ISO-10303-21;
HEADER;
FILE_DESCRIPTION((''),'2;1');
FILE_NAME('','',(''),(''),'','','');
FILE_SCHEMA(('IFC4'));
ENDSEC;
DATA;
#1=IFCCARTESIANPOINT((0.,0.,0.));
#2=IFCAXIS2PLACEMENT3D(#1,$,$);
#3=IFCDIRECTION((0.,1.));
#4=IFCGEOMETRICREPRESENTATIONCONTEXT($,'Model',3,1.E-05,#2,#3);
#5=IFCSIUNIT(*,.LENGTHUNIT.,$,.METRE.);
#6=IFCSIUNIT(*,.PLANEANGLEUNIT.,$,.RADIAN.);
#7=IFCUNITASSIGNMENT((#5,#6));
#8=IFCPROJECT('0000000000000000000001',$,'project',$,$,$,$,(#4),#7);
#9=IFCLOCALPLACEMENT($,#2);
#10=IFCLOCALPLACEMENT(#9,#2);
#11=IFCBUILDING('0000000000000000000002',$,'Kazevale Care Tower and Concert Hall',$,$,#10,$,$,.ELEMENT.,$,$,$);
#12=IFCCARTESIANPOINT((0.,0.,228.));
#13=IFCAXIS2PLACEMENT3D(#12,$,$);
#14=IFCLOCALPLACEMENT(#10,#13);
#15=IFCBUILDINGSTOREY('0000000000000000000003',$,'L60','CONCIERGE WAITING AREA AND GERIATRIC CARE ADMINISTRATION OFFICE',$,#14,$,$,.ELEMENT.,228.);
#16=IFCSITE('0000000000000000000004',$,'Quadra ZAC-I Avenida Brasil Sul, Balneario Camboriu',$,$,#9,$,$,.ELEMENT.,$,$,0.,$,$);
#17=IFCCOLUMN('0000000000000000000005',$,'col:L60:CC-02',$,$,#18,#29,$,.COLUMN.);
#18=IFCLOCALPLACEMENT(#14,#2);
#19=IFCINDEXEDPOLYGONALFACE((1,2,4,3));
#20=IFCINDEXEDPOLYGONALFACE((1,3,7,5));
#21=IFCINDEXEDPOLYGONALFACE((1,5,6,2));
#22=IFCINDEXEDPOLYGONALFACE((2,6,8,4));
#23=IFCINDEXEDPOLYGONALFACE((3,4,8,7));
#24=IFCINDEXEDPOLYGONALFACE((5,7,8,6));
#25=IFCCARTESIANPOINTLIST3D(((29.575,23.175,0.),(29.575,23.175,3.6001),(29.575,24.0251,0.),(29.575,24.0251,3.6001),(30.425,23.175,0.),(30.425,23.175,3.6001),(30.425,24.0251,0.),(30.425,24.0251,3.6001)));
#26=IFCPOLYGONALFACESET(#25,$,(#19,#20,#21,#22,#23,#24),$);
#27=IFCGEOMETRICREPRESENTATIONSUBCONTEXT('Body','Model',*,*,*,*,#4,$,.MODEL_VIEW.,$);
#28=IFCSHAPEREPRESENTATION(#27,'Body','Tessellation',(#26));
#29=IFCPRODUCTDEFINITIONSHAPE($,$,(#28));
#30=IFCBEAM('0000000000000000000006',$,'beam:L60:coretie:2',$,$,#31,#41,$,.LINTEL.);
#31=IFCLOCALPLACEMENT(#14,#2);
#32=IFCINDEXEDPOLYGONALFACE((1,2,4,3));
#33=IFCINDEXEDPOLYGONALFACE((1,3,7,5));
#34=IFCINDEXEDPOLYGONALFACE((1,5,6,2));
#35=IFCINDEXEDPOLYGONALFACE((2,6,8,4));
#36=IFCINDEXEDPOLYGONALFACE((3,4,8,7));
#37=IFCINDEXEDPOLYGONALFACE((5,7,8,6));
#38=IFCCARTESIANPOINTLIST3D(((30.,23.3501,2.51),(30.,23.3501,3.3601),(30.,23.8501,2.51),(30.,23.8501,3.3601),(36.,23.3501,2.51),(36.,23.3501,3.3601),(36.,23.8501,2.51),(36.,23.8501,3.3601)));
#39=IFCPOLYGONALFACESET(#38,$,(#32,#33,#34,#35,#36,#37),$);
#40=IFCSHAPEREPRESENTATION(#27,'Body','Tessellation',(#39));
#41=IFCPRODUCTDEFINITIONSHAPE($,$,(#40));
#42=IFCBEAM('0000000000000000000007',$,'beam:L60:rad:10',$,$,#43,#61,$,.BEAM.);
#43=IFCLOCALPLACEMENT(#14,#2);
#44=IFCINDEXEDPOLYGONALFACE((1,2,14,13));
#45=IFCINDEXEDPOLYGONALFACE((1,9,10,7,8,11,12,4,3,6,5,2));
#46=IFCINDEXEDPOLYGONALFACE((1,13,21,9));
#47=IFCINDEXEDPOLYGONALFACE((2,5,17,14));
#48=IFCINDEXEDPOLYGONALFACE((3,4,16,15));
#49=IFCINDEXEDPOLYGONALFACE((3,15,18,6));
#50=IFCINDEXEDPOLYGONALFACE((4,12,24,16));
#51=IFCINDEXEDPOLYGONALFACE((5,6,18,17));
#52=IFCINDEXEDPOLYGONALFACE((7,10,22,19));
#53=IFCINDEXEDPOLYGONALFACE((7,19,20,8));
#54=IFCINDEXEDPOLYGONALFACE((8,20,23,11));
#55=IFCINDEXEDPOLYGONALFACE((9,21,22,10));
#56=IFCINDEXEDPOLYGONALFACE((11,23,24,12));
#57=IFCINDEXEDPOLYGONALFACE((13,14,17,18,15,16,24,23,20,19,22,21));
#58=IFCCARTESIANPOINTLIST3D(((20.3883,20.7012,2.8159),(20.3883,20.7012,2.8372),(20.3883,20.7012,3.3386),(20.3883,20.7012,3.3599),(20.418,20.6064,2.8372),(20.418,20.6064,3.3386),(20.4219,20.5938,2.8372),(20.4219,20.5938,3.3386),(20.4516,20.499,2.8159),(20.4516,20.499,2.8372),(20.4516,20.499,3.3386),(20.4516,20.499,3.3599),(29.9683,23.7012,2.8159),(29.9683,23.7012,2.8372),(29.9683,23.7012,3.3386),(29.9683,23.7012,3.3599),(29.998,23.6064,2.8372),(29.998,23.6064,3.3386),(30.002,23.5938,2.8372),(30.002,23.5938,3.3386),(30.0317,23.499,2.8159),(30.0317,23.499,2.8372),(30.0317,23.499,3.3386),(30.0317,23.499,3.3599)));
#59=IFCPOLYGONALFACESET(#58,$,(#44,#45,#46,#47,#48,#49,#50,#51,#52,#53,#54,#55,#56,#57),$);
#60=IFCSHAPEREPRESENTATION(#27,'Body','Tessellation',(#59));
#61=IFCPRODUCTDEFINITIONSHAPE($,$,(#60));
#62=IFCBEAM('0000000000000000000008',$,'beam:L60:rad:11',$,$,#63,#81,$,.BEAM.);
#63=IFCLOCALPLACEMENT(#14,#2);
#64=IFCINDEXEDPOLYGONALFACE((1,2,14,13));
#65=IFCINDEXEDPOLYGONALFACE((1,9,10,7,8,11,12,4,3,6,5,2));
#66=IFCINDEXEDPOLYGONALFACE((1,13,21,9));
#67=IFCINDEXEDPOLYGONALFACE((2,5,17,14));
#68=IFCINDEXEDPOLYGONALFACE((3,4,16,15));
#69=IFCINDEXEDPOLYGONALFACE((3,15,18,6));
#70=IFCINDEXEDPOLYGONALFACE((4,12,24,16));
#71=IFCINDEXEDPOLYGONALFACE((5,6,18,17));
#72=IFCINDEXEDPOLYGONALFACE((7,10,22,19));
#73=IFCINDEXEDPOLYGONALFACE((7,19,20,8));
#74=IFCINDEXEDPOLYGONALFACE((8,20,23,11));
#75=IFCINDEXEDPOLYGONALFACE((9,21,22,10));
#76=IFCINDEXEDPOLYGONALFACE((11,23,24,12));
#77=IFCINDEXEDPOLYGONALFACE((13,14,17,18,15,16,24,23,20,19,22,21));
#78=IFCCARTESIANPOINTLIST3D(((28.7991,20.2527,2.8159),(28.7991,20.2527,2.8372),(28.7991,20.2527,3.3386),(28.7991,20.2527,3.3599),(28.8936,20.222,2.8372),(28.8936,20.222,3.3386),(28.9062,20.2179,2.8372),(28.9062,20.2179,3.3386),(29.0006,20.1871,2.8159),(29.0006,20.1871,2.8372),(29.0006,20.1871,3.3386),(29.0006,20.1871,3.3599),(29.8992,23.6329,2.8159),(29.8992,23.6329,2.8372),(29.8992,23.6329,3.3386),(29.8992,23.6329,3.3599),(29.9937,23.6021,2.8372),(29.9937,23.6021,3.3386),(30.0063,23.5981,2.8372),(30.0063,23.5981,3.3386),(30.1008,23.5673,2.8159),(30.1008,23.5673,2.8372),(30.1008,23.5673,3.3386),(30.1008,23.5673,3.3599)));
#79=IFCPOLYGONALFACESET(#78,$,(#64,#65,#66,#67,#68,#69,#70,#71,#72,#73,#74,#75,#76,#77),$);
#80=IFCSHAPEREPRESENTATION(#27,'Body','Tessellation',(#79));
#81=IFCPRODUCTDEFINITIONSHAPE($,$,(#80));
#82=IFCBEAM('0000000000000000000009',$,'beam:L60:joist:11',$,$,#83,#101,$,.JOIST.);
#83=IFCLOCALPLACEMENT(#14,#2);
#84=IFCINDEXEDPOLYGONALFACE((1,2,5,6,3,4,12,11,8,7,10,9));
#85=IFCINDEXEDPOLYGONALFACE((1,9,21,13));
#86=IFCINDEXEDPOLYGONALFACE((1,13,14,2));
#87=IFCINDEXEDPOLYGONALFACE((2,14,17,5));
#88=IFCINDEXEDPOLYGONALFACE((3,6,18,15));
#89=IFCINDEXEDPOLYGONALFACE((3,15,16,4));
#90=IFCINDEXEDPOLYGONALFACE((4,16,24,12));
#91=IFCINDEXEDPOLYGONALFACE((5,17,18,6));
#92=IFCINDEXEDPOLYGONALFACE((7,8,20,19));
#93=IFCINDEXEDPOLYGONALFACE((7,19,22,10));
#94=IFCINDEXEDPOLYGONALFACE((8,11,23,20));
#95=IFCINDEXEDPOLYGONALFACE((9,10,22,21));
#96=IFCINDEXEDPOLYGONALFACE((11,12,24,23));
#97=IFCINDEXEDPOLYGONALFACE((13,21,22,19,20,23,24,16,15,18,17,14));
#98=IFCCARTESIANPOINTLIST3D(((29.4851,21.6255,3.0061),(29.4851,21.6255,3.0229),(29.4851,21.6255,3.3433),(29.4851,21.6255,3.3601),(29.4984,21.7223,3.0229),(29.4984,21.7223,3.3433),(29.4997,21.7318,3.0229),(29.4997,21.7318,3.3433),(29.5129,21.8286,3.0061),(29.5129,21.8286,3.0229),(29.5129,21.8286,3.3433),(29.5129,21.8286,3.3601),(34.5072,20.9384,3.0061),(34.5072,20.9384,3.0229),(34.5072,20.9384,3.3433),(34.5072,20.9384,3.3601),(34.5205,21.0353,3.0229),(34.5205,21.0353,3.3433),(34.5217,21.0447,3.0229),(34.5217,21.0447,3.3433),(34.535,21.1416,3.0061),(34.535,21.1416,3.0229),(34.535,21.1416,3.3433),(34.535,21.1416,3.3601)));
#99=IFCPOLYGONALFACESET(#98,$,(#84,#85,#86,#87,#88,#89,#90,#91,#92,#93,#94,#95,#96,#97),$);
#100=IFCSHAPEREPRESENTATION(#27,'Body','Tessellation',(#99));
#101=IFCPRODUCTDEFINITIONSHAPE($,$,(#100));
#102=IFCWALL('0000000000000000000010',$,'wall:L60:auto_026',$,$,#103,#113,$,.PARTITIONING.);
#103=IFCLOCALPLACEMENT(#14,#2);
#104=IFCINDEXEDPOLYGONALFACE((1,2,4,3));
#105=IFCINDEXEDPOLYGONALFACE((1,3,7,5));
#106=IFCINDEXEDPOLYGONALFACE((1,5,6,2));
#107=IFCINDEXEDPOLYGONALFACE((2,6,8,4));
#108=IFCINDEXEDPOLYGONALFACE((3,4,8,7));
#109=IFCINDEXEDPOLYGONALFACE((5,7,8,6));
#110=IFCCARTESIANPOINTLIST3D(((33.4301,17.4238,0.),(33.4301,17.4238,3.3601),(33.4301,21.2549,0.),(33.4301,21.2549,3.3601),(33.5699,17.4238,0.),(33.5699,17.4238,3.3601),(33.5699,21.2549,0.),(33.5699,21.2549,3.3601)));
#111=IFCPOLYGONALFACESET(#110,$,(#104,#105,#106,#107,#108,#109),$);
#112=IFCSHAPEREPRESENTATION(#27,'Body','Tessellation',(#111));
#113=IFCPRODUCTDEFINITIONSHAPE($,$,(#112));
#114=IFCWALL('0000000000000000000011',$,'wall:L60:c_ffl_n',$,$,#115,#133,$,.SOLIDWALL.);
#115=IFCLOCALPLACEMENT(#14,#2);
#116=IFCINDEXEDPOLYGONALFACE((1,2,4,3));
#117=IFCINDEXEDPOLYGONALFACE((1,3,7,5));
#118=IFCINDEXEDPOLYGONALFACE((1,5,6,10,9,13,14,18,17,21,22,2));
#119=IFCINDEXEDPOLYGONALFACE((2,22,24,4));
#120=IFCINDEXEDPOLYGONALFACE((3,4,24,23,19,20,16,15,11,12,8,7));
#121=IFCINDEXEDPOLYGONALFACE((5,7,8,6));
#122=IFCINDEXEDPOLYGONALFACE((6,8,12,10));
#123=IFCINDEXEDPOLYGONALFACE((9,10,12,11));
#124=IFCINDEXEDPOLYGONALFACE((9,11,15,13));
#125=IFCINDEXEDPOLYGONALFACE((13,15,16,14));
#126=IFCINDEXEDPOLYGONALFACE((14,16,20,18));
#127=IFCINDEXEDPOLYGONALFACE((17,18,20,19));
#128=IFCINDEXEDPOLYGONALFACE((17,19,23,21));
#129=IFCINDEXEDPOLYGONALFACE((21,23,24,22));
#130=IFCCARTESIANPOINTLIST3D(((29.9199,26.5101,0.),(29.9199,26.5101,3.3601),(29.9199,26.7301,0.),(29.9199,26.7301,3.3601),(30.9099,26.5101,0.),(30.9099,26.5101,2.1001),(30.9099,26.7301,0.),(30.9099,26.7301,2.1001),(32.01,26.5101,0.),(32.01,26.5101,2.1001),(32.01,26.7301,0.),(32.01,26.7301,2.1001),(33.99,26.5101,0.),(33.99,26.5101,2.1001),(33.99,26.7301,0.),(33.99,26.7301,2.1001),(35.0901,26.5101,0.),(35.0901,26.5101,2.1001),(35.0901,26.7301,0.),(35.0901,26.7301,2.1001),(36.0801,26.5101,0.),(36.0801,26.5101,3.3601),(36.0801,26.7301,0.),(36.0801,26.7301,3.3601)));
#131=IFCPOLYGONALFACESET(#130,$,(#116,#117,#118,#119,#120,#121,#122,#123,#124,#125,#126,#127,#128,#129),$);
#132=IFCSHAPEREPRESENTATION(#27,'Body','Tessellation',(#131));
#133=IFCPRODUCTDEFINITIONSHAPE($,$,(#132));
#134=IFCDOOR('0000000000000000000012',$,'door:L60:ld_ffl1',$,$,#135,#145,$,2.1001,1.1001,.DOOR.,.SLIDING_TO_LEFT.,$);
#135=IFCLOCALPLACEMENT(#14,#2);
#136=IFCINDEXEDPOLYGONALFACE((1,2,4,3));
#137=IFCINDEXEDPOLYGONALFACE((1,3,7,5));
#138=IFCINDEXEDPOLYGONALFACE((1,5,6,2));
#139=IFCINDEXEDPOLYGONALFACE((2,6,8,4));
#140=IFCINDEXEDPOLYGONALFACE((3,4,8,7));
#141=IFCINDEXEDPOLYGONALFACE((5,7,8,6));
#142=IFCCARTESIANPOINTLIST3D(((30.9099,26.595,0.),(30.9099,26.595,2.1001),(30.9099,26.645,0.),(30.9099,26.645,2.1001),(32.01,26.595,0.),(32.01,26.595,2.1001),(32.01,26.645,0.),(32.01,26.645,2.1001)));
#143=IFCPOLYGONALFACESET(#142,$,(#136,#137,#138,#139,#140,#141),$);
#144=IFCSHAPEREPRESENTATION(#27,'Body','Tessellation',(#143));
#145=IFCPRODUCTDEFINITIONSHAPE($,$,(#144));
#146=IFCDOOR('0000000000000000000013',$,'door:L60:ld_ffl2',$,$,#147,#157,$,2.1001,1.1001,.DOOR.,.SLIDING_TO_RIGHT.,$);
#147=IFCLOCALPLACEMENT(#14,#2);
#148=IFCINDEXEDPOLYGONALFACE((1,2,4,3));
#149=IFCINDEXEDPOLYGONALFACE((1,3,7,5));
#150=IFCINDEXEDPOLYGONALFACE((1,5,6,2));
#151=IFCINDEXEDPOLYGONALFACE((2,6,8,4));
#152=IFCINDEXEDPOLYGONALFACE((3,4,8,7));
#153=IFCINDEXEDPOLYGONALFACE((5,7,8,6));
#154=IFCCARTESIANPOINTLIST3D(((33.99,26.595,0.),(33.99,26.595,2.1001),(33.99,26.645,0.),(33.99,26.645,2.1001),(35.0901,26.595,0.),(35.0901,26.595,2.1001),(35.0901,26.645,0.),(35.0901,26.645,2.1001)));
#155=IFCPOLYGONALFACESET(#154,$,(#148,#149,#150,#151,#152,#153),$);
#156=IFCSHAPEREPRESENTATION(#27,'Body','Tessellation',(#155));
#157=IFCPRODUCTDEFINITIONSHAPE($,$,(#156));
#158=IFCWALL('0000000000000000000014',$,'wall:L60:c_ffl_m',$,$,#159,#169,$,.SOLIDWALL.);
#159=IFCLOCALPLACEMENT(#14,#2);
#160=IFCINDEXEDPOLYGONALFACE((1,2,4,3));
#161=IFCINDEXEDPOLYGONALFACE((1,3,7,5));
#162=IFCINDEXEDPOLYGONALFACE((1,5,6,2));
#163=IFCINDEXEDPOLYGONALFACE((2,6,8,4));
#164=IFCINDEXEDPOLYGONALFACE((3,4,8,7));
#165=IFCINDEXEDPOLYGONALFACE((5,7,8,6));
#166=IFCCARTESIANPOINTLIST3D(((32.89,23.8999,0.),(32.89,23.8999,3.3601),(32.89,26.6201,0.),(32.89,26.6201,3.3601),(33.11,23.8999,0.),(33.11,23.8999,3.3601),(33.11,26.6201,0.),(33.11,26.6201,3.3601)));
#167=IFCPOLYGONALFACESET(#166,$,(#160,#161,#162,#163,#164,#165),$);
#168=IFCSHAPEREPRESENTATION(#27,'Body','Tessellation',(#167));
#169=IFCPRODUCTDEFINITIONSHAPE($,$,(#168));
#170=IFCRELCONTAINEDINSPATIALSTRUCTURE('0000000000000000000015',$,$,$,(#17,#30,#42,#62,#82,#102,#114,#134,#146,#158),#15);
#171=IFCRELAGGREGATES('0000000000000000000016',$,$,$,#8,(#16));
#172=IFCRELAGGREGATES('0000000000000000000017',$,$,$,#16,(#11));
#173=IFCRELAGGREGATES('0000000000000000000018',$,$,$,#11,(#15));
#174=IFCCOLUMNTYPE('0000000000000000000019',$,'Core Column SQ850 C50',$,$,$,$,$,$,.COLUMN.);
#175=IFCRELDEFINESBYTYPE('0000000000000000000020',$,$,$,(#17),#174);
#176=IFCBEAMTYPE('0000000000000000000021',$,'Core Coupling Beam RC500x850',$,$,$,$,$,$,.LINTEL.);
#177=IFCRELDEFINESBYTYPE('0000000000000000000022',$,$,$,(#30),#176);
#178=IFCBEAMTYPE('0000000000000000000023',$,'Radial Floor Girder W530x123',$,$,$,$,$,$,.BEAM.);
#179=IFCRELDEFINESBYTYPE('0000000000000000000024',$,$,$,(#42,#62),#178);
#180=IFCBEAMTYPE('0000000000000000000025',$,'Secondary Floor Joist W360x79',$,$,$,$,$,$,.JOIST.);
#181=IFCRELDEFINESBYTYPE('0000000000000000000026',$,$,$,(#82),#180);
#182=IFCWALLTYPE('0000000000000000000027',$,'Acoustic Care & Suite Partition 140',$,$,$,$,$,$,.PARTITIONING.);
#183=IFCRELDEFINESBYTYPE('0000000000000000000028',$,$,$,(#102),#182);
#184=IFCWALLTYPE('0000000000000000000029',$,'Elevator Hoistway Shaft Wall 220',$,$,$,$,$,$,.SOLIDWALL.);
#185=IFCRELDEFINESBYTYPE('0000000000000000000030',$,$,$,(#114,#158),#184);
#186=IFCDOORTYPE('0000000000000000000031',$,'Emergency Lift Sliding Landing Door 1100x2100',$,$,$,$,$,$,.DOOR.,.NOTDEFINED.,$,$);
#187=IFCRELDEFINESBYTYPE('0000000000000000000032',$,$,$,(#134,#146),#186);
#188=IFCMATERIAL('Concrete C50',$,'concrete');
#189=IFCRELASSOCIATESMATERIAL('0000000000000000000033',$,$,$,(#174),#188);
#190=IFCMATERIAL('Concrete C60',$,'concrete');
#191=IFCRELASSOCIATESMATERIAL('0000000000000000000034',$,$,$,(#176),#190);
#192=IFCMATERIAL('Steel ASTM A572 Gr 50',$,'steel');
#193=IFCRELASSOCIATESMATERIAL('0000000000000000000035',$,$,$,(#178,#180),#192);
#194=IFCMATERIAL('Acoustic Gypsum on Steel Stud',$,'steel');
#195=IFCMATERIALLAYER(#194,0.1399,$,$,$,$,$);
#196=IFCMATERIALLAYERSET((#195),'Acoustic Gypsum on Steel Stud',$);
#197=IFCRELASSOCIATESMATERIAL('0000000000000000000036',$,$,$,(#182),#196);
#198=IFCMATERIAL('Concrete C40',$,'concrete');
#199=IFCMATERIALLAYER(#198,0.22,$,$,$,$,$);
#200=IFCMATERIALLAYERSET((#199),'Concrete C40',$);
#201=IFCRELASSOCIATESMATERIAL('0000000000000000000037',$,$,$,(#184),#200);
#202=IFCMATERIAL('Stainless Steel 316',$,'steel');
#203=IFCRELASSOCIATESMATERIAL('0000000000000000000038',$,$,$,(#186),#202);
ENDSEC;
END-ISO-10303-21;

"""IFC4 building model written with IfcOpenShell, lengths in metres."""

from ifc_helpers import new_model, si_unit, direction, frame, frame_2d, origin, origin_2d, place, context, subcontext, project, spatial, rectangle, i_section, extrude, material, layer, layer_set, material_profile, profile_set, type_object, element, fill, save


model = new_model("IFC4")

# Units and contexts
model_context = context("Model", 3, precision=1e-05, world=origin(), true_north=direction((0.0, 1.0)))
body_context = subcontext(model_context, "Body", "Model", "MODEL_VIEW")
ifc_project = project(units=[si_unit("LENGTHUNIT", "METRE"), si_unit("PLANEANGLEUNIT", "RADIAN")], contexts=[model_context])

# Site, building, storey
site_placement = place(None, origin())
site = spatial("IfcSite", under=ifc_project, at=site_placement, Name="Quadra ZAC-I Avenida Brasil Sul, Balneario Camboriu", CompositionType="ELEMENT", RefElevation=0.0)
building_placement = place(site_placement, origin())
building = spatial("IfcBuilding", under=site, at=building_placement, Name="Kazevale Care Tower and Concert Hall", CompositionType="ELEMENT")
storey_placement = place(building_placement, frame((0.0, 0.0, 228.0)))
storey = spatial("IfcBuildingStorey", under=building, at=storey_placement, Name="L60", Description="CONCIERGE WAITING AREA AND GERIATRIC CARE ADMINISTRATION OFFICE", CompositionType="ELEMENT", Elevation=228.0)

# Column
ifc_material_1 = material(Name="Concrete C50", Category="concrete")
ifc_material_profile_1 = material_profile(ifc_material_1, rectangle(XDim=0.8501, YDim=0.8501, at=origin_2d()), Name="RC-SQ850")
ifc_profile_set_1 = profile_set([ifc_material_profile_1], Name="Concrete C50")
column_type = type_object("IfcColumnType", Name="Core Column SQ850 C50", PredefinedType="COLUMN", material=ifc_profile_set_1)
column_placement = place(storey_placement, frame((30.0, 23.6001, 0.0), z_axis=(0.0, 0.0, 1.0), x_axis=(1.0, 0.0, 0.0)))
element("IfcColumn", 1, at=column_placement, inside=storey, type_object=column_type, Name="col:L60:CC-02", PredefinedType="COLUMN", context=body_context, shape_type="SweptSolid", body=[
    extrude(rectangle(XDim=0.8501, YDim=0.8501, at=origin_2d()), origin(), (0.0, 0.0, 1.0), 3.6001),
])

# Beams
ifc_material_2 = material(Name="Concrete C60", Category="concrete")
ifc_material_profile_2 = material_profile(ifc_material_2, rectangle(XDim=0.5, YDim=0.8501, at=origin_2d()), Name="RC-B500x850")
ifc_profile_set_2 = profile_set([ifc_material_profile_2], Name="Concrete C60")
beam_type_1 = type_object("IfcBeamType", Name="Core Coupling Beam RC500x850", PredefinedType="LINTEL", material=ifc_profile_set_2)
beam_1_placement = place(storey_placement, frame((30.0, 23.6001, 2.9351), z_axis=(1.0, 0.0, 0.0), x_axis=(0.0, 1.0, 0.0)))
element("IfcBeam", 2, at=beam_1_placement, inside=storey, type_object=beam_type_1, Name="beam:L60:coretie:2", PredefinedType="LINTEL", context=body_context, shape_type="SweptSolid", body=[
    extrude(rectangle(XDim=0.5, YDim=0.8501, at=origin_2d()), origin(), (0.0, 0.0, 1.0), 6.0),
])
ifc_material_3 = material(Name="Steel ASTM A572 Gr 50", Category="steel")
ifc_material_profile_3 = material_profile(ifc_material_3, i_section(OverallWidth=0.2119, OverallDepth=0.5439, WebThickness=0.0132, FlangeThickness=0.0212, at=origin_2d()), Name="W530x123")
ifc_profile_set_3 = profile_set([ifc_material_profile_3], Name="Steel ASTM A572 Gr 50")
beam_type_2 = type_object("IfcBeamType", Name="Radial Floor Girder W530x123", PredefinedType="BEAM", material=ifc_profile_set_3)
beam_2_placement = place(storey_placement, frame((30.0, 23.6001, 3.0879), z_axis=(-0.954303, -0.29884, 0.0), x_axis=(0.29884, -0.954303, 0.0)))
element("IfcBeam", 3, at=beam_2_placement, inside=storey, type_object=beam_type_2, Name="beam:L60:rad:10", PredefinedType="BEAM", context=body_context, shape_type="SweptSolid", body=[
    extrude(i_section(OverallWidth=0.2119, OverallDepth=0.5439, WebThickness=0.0132, FlangeThickness=0.0212, at=origin_2d()), origin(), (0.0, 0.0, 1.0), 10.0388),
])
beam_3_placement = place(storey_placement, frame((30.0, 23.6001, 3.0879), z_axis=(-0.309482, -0.950905, 0.0), x_axis=(0.950905, -0.309482, 0.0)))
element("IfcBeam", 4, at=beam_3_placement, inside=storey, type_object=beam_type_2, Name="beam:L60:rad:11", PredefinedType="BEAM", context=body_context, shape_type="SweptSolid", body=[
    extrude(i_section(OverallWidth=0.2119, OverallDepth=0.5439, WebThickness=0.0132, FlangeThickness=0.0212, at=origin_2d()), origin(), (0.0, 0.0, 1.0), 3.5547),
])
ifc_material_profile_4 = material_profile(ifc_material_3, i_section(OverallWidth=0.2051, OverallDepth=0.354, WebThickness=0.0095, FlangeThickness=0.0168, at=origin_2d()), Name="W360x79")
ifc_profile_set_4 = profile_set([ifc_material_profile_4], Name="Steel ASTM A572 Gr 50")
beam_type_3 = type_object("IfcBeamType", Name="Secondary Floor Joist W360x79", PredefinedType="JOIST", material=ifc_profile_set_4)
beam_4_placement = place(storey_placement, frame((29.499, 21.7271, 3.1831), z_axis=(0.990772, -0.135539, 0.0), x_axis=(0.135539, 0.990772, 0.0)))
element("IfcBeam", 5, at=beam_4_placement, inside=storey, type_object=beam_type_3, Name="beam:L60:joist:11", PredefinedType="JOIST", context=body_context, shape_type="SweptSolid", body=[
    extrude(i_section(OverallWidth=0.2051, OverallDepth=0.354, WebThickness=0.0095, FlangeThickness=0.0168, at=origin_2d()), origin(), (0.0, 0.0, 1.0), 5.0688),
])

# Wall
ifc_material_4 = material(Name="Acoustic Gypsum on Steel Stud", Category="steel")
ifc_layer_1 = layer(ifc_material_4, 0.1399)
ifc_layer_set_1 = layer_set([ifc_layer_1], Name="Acoustic Gypsum on Steel Stud")
wall_type_1 = type_object("IfcWallType", Name="Acoustic Care & Suite Partition 140", PredefinedType="PARTITIONING", material=ifc_layer_set_1)
wall_1_placement = place(storey_placement, frame((33.5, 21.2549, 0.0), z_axis=(0.0, 0.0, 1.0), x_axis=(0.0, -1.0, 0.0)))
element("IfcWall", 6, at=wall_1_placement, inside=storey, type_object=wall_type_1, Name="wall:L60:auto_026", PredefinedType="PARTITIONING", context=body_context, shape_type="SweptSolid", body=[
    extrude(rectangle(XDim=3.8311, YDim=0.1399, at=frame_2d((1.9155, 0.0))), origin(), (0.0, 0.0, 1.0), 3.3601),
])

# Wall, openings, doors
ifc_material_5 = material(Name="Concrete C40", Category="concrete")
ifc_layer_2 = layer(ifc_material_5, 0.22)
ifc_layer_set_2 = layer_set([ifc_layer_2], Name="Concrete C40")
wall_type_2 = type_object("IfcWallType", Name="Elevator Hoistway Shaft Wall 220", PredefinedType="SOLIDWALL", material=ifc_layer_set_2)
wall_2_placement = place(storey_placement, frame((29.9199, 26.6201, 0.0), z_axis=(0.0, 0.0, 1.0), x_axis=(1.0, 0.0, 0.0)))
wall_2 = element("IfcWall", 7, at=wall_2_placement, inside=storey, type_object=wall_type_2, Name="wall:L60:c_ffl_n", PredefinedType="SOLIDWALL", context=body_context, shape_type="SweptSolid", body=[
    extrude(rectangle(XDim=6.1602, YDim=0.22, at=frame_2d((3.0801, 0.0))), origin(), (0.0, 0.0, 1.0), 3.3601),
])
opening_1_placement = place(wall_2_placement, frame((0.99, 0.0, 0.0)))
opening_1 = element("IfcOpeningElement", 8, at=opening_1_placement, cuts=wall_2, PredefinedType="OPENING", context=body_context, shape_type="SweptSolid", body=[
    extrude(rectangle(XDim=1.1001, YDim=2.1001, at=frame_2d((0.55, 1.05))), frame((0.0, 0.1199, 0.0), z_axis=(0.0, -1.0, 0.0), x_axis=(1.0, 0.0, 0.0)), (0.0, 0.0, 1.0), 0.24),
])
opening_2_placement = place(wall_2_placement, frame((4.0701, 0.0, 0.0)))
opening_2 = element("IfcOpeningElement", 9, at=opening_2_placement, cuts=wall_2, PredefinedType="OPENING", context=body_context, shape_type="SweptSolid", body=[
    extrude(rectangle(XDim=1.1001, YDim=2.1001, at=frame_2d((0.55, 1.05))), frame((0.0, 0.1199, 0.0), z_axis=(0.0, -1.0, 0.0), x_axis=(1.0, 0.0, 0.0)), (0.0, 0.0, 1.0), 0.24),
])
ifc_material_6 = material(Name="Stainless Steel 316", Category="steel")
door_type_1 = type_object("IfcDoorType", Name="Emergency Lift Sliding Landing Door 1100x2100", OperationType="NOTDEFINED", PredefinedType="DOOR", material=ifc_material_6)
door_1_placement = place(opening_1_placement, origin())
door_1 = element("IfcDoor", 10, at=door_1_placement, inside=storey, type_object=door_type_1, Name="door:L60:ld_ffl1", OperationType="SLIDING_TO_LEFT", OverallHeight=2.1001, OverallWidth=1.1001, PredefinedType="DOOR", context=body_context, shape_type="SweptSolid", body=[
    extrude(rectangle(XDim=1.1001, YDim=2.1001, at=frame_2d((0.55, 1.05))), frame((0.0, 0.0249, 0.0), z_axis=(0.0, -1.0, 0.0), x_axis=(1.0, 0.0, 0.0)), (0.0, 0.0, 1.0), 0.05),
])
fill(opening_1, door_1)
door_2_placement = place(opening_2_placement, origin())
door_2 = element("IfcDoor", 11, at=door_2_placement, inside=storey, type_object=door_type_1, Name="door:L60:ld_ffl2", OperationType="SLIDING_TO_RIGHT", OverallHeight=2.1001, OverallWidth=1.1001, PredefinedType="DOOR", context=body_context, shape_type="SweptSolid", body=[
    extrude(rectangle(XDim=1.1001, YDim=2.1001, at=frame_2d((0.55, 1.05))), frame((0.0, 0.0249, 0.0), z_axis=(0.0, -1.0, 0.0), x_axis=(1.0, 0.0, 0.0)), (0.0, 0.0, 1.0), 0.05),
])
fill(opening_2, door_2)

# Wall
wall_3_placement = place(storey_placement, frame((33.0, 23.8999, 0.0), z_axis=(0.0, 0.0, 1.0), x_axis=(0.0, 1.0, 0.0)))
element("IfcWall", 12, at=wall_3_placement, inside=storey, type_object=wall_type_2, Name="wall:L60:c_ffl_m", PredefinedType="SOLIDWALL", context=body_context, shape_type="SweptSolid", body=[
    extrude(rectangle(XDim=2.7202, YDim=0.22, at=frame_2d((1.3601, 0.0))), origin(), (0.0, 0.0, 1.0), 3.3601),
])

save(model, "model.ifc")
